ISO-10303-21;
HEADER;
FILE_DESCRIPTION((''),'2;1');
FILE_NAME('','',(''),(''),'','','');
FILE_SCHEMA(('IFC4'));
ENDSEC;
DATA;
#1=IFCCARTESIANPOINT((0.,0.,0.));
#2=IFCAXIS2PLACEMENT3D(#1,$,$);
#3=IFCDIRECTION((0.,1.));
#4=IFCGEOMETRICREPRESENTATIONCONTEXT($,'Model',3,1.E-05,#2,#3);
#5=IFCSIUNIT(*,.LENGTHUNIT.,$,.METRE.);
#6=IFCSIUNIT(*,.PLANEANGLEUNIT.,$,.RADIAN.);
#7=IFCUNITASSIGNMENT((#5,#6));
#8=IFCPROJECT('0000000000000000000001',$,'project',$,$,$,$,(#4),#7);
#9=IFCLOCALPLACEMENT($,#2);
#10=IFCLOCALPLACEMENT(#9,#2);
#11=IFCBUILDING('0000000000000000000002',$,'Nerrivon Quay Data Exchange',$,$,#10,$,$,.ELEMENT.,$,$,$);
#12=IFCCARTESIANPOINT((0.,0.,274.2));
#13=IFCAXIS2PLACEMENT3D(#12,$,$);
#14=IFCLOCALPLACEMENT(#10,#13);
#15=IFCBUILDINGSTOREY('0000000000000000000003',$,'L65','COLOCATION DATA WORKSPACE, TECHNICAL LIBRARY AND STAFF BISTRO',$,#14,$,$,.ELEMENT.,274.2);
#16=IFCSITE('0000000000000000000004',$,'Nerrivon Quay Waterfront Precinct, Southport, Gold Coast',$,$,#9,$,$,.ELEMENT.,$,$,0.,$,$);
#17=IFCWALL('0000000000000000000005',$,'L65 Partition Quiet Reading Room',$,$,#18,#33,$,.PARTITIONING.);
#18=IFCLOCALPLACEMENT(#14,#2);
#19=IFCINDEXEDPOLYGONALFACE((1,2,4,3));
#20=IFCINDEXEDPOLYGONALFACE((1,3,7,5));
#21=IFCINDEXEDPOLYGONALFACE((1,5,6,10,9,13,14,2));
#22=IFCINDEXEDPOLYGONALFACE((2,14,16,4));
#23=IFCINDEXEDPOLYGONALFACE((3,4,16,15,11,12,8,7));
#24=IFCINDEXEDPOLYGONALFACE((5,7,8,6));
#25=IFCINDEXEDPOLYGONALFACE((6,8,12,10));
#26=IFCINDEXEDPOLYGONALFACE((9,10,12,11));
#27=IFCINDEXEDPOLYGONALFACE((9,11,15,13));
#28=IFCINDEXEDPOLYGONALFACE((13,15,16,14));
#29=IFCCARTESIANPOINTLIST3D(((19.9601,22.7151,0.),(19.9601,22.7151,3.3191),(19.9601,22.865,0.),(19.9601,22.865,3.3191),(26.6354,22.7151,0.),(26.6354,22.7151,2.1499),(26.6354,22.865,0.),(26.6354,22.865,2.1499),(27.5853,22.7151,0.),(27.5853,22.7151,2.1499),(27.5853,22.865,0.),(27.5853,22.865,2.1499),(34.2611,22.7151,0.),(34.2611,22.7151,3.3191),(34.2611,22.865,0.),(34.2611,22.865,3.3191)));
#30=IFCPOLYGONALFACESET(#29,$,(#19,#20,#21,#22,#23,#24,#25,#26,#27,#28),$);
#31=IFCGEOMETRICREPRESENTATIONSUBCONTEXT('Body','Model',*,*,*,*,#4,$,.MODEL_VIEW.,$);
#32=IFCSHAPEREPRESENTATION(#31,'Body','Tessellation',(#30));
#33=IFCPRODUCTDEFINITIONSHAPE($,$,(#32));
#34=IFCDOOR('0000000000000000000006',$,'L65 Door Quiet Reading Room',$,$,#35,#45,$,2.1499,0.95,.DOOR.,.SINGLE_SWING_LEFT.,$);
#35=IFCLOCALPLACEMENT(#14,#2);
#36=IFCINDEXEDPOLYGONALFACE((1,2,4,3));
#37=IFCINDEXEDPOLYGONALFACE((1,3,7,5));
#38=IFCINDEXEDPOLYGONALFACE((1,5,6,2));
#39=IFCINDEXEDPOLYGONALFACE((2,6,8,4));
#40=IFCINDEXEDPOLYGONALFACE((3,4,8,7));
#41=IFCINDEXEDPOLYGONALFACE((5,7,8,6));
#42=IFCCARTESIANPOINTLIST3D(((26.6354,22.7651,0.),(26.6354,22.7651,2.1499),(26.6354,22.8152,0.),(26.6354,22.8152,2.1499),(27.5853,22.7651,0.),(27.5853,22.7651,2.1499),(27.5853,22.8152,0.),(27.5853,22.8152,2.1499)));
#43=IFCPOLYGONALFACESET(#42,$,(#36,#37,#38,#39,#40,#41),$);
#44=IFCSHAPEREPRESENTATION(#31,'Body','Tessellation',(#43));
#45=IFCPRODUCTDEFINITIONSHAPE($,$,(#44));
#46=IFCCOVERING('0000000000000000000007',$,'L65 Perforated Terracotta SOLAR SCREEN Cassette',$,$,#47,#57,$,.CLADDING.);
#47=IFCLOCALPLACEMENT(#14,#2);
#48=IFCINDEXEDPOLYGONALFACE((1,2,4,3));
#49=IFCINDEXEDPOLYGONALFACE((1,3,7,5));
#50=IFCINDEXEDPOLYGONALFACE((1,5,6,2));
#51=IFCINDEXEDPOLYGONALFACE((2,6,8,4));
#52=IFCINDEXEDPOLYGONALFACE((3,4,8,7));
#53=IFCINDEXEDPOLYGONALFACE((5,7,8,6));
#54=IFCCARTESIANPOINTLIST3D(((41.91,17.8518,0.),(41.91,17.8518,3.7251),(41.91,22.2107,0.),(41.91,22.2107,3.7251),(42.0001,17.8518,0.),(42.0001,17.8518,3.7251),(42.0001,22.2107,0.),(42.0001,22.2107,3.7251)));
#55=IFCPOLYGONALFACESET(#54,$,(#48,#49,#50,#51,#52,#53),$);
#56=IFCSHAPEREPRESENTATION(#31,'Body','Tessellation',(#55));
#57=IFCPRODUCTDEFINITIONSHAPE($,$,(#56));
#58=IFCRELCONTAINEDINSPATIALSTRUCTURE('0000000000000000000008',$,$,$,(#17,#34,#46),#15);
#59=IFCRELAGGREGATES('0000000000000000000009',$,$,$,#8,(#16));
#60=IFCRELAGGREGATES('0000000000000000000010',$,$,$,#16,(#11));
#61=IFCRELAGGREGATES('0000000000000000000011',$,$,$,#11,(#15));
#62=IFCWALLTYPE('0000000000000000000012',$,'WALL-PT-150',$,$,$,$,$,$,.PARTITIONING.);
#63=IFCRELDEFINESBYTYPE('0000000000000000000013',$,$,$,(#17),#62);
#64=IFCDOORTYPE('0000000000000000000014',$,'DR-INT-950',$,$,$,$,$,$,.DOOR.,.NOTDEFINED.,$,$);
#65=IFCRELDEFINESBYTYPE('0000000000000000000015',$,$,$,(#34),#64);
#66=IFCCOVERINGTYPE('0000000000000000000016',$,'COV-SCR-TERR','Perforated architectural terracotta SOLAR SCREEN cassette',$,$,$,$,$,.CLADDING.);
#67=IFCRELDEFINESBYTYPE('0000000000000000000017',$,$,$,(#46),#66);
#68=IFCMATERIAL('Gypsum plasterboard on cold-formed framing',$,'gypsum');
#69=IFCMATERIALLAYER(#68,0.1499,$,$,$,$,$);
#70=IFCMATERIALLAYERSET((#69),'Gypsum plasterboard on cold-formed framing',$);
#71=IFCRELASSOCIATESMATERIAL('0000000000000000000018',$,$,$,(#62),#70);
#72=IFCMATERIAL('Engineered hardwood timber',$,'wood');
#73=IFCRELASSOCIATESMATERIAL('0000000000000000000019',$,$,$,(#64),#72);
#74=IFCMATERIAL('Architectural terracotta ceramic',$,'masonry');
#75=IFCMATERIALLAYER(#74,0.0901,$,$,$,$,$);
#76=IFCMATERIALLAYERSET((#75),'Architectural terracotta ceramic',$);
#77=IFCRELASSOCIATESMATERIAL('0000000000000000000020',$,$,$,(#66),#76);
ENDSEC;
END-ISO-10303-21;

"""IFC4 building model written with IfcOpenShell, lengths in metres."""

from ifc_helpers import new_model, si_unit, direction, frame, frame_2d, origin, origin_2d, place, context, subcontext, project, spatial, rectangle, extrude, material, layer, layer_set, type_object, element, fill, save


model = new_model("IFC4")

# Units and contexts
model_context = context("Model", 3, precision=1e-05, world=origin(), true_north=direction((0.0, 1.0)))
body_context = subcontext(model_context, "Body", "Model", "MODEL_VIEW")
ifc_project = project(units=[si_unit("LENGTHUNIT", "METRE"), si_unit("PLANEANGLEUNIT", "RADIAN")], contexts=[model_context])

# Site, building, storey
site_placement = place(None, origin())
site = spatial("IfcSite", under=ifc_project, at=site_placement, Name="Nerrivon Quay Waterfront Precinct, Southport, Gold Coast", CompositionType="ELEMENT", RefElevation=0.0)
building_placement = place(site_placement, origin())
building = spatial("IfcBuilding", under=site, at=building_placement, Name="Nerrivon Quay Data Exchange", CompositionType="ELEMENT")
storey_placement = place(building_placement, frame((0.0, 0.0, 274.2)))
storey = spatial("IfcBuildingStorey", under=building, at=storey_placement, Name="L65", Description="COLOCATION DATA WORKSPACE, TECHNICAL LIBRARY AND STAFF BISTRO", CompositionType="ELEMENT", Elevation=274.2)

# Shared definitions
ifc_material_1 = material(Name="Gypsum plasterboard on cold-formed framing", Category="gypsum")
ifc_material_2 = material(Name="Engineered hardwood timber", Category="wood")

# Shared definitions
ifc_layer_1 = layer(ifc_material_1, 0.1499)
ifc_layer_set_1 = layer_set([ifc_layer_1], Name="Gypsum plasterboard on cold-formed framing")
wall_type_1 = type_object("IfcWallType", Name="WALL-PT-150", PredefinedType="PARTITIONING", material=ifc_layer_set_1)

# Wall, opening, door
wall_1_placement = place(storey_placement, frame((34.261, 22.79, 0.0), z_axis=(0.0, 0.0, 1.0), x_axis=(-1.0, 0.0, 0.0)))
wall_1 = element("IfcWall", 1, at=wall_1_placement, inside=storey, type_object=wall_type_1, Name="L65 Partition Quiet Reading Room", PredefinedType="PARTITIONING", context=body_context, shape_type="SweptSolid", body=[
    extrude(rectangle(XDim=14.301, YDim=0.1499, at=frame_2d((7.1504, 0.0))), origin(), (0.0, 0.0, 1.0), 3.3191),
])
opening_1_placement = place(wall_1_placement, frame((6.6755, 0.0, 0.0)))
opening_1 = element("IfcOpeningElement", 2, at=opening_1_placement, cuts=wall_1, PredefinedType="OPENING", context=body_context, shape_type="SweptSolid", body=[
    extrude(rectangle(XDim=0.95, YDim=2.1499, at=frame_2d((0.4751, 1.075))), frame((0.0, 0.085, 0.0), z_axis=(0.0, -1.0, 0.0), x_axis=(1.0, 0.0, 0.0)), (0.0, 0.0, 1.0), 0.1699),
])
door_type_1 = type_object("IfcDoorType", Name="DR-INT-950", OperationType="NOTDEFINED", PredefinedType="DOOR", material=ifc_material_2)
door_1_placement = place(opening_1_placement, origin())
door_1 = element("IfcDoor", 3, at=door_1_placement, inside=storey, type_object=door_type_1, Name="L65 Door Quiet Reading Room", OperationType="SINGLE_SWING_LEFT", OverallHeight=2.1499, OverallWidth=0.95, PredefinedType="DOOR", context=body_context, shape_type="SweptSolid", body=[
    extrude(rectangle(XDim=0.95, YDim=2.1499, at=frame_2d((0.4751, 1.075))), frame((0.0, 0.0249, 0.0), z_axis=(0.0, -1.0, 0.0), x_axis=(1.0, 0.0, 0.0)), (0.0, 0.0, 1.0), 0.05),
])
fill(opening_1, door_1)

# Covering
ifc_material_3 = material(Name="Architectural terracotta ceramic", Category="masonry")
ifc_layer_2 = layer(ifc_material_3, 0.0901)
ifc_layer_set_2 = layer_set([ifc_layer_2], Name="Architectural terracotta ceramic")
covering_type = type_object("IfcCoveringType", Name="COV-SCR-TERR", Description="Perforated architectural terracotta SOLAR SCREEN cassette", PredefinedType="CLADDING", material=ifc_layer_set_2)
covering_placement = place(storey_placement, frame((41.9551, 20.0312, 0.0), z_axis=(0.0, 0.0, 1.0), x_axis=(0.0, -1.0, 0.0)))
element("IfcCovering", 4, at=covering_placement, inside=storey, type_object=covering_type, Name="L65 Perforated Terracotta SOLAR SCREEN Cassette", PredefinedType="CLADDING", context=body_context, shape_type="SweptSolid", body=[
    extrude(rectangle(XDim=4.3589, YDim=0.0901, at=origin_2d()), origin(), (0.0, 0.0, 1.0), 3.7251),
])

save(model, "model.ifc")
